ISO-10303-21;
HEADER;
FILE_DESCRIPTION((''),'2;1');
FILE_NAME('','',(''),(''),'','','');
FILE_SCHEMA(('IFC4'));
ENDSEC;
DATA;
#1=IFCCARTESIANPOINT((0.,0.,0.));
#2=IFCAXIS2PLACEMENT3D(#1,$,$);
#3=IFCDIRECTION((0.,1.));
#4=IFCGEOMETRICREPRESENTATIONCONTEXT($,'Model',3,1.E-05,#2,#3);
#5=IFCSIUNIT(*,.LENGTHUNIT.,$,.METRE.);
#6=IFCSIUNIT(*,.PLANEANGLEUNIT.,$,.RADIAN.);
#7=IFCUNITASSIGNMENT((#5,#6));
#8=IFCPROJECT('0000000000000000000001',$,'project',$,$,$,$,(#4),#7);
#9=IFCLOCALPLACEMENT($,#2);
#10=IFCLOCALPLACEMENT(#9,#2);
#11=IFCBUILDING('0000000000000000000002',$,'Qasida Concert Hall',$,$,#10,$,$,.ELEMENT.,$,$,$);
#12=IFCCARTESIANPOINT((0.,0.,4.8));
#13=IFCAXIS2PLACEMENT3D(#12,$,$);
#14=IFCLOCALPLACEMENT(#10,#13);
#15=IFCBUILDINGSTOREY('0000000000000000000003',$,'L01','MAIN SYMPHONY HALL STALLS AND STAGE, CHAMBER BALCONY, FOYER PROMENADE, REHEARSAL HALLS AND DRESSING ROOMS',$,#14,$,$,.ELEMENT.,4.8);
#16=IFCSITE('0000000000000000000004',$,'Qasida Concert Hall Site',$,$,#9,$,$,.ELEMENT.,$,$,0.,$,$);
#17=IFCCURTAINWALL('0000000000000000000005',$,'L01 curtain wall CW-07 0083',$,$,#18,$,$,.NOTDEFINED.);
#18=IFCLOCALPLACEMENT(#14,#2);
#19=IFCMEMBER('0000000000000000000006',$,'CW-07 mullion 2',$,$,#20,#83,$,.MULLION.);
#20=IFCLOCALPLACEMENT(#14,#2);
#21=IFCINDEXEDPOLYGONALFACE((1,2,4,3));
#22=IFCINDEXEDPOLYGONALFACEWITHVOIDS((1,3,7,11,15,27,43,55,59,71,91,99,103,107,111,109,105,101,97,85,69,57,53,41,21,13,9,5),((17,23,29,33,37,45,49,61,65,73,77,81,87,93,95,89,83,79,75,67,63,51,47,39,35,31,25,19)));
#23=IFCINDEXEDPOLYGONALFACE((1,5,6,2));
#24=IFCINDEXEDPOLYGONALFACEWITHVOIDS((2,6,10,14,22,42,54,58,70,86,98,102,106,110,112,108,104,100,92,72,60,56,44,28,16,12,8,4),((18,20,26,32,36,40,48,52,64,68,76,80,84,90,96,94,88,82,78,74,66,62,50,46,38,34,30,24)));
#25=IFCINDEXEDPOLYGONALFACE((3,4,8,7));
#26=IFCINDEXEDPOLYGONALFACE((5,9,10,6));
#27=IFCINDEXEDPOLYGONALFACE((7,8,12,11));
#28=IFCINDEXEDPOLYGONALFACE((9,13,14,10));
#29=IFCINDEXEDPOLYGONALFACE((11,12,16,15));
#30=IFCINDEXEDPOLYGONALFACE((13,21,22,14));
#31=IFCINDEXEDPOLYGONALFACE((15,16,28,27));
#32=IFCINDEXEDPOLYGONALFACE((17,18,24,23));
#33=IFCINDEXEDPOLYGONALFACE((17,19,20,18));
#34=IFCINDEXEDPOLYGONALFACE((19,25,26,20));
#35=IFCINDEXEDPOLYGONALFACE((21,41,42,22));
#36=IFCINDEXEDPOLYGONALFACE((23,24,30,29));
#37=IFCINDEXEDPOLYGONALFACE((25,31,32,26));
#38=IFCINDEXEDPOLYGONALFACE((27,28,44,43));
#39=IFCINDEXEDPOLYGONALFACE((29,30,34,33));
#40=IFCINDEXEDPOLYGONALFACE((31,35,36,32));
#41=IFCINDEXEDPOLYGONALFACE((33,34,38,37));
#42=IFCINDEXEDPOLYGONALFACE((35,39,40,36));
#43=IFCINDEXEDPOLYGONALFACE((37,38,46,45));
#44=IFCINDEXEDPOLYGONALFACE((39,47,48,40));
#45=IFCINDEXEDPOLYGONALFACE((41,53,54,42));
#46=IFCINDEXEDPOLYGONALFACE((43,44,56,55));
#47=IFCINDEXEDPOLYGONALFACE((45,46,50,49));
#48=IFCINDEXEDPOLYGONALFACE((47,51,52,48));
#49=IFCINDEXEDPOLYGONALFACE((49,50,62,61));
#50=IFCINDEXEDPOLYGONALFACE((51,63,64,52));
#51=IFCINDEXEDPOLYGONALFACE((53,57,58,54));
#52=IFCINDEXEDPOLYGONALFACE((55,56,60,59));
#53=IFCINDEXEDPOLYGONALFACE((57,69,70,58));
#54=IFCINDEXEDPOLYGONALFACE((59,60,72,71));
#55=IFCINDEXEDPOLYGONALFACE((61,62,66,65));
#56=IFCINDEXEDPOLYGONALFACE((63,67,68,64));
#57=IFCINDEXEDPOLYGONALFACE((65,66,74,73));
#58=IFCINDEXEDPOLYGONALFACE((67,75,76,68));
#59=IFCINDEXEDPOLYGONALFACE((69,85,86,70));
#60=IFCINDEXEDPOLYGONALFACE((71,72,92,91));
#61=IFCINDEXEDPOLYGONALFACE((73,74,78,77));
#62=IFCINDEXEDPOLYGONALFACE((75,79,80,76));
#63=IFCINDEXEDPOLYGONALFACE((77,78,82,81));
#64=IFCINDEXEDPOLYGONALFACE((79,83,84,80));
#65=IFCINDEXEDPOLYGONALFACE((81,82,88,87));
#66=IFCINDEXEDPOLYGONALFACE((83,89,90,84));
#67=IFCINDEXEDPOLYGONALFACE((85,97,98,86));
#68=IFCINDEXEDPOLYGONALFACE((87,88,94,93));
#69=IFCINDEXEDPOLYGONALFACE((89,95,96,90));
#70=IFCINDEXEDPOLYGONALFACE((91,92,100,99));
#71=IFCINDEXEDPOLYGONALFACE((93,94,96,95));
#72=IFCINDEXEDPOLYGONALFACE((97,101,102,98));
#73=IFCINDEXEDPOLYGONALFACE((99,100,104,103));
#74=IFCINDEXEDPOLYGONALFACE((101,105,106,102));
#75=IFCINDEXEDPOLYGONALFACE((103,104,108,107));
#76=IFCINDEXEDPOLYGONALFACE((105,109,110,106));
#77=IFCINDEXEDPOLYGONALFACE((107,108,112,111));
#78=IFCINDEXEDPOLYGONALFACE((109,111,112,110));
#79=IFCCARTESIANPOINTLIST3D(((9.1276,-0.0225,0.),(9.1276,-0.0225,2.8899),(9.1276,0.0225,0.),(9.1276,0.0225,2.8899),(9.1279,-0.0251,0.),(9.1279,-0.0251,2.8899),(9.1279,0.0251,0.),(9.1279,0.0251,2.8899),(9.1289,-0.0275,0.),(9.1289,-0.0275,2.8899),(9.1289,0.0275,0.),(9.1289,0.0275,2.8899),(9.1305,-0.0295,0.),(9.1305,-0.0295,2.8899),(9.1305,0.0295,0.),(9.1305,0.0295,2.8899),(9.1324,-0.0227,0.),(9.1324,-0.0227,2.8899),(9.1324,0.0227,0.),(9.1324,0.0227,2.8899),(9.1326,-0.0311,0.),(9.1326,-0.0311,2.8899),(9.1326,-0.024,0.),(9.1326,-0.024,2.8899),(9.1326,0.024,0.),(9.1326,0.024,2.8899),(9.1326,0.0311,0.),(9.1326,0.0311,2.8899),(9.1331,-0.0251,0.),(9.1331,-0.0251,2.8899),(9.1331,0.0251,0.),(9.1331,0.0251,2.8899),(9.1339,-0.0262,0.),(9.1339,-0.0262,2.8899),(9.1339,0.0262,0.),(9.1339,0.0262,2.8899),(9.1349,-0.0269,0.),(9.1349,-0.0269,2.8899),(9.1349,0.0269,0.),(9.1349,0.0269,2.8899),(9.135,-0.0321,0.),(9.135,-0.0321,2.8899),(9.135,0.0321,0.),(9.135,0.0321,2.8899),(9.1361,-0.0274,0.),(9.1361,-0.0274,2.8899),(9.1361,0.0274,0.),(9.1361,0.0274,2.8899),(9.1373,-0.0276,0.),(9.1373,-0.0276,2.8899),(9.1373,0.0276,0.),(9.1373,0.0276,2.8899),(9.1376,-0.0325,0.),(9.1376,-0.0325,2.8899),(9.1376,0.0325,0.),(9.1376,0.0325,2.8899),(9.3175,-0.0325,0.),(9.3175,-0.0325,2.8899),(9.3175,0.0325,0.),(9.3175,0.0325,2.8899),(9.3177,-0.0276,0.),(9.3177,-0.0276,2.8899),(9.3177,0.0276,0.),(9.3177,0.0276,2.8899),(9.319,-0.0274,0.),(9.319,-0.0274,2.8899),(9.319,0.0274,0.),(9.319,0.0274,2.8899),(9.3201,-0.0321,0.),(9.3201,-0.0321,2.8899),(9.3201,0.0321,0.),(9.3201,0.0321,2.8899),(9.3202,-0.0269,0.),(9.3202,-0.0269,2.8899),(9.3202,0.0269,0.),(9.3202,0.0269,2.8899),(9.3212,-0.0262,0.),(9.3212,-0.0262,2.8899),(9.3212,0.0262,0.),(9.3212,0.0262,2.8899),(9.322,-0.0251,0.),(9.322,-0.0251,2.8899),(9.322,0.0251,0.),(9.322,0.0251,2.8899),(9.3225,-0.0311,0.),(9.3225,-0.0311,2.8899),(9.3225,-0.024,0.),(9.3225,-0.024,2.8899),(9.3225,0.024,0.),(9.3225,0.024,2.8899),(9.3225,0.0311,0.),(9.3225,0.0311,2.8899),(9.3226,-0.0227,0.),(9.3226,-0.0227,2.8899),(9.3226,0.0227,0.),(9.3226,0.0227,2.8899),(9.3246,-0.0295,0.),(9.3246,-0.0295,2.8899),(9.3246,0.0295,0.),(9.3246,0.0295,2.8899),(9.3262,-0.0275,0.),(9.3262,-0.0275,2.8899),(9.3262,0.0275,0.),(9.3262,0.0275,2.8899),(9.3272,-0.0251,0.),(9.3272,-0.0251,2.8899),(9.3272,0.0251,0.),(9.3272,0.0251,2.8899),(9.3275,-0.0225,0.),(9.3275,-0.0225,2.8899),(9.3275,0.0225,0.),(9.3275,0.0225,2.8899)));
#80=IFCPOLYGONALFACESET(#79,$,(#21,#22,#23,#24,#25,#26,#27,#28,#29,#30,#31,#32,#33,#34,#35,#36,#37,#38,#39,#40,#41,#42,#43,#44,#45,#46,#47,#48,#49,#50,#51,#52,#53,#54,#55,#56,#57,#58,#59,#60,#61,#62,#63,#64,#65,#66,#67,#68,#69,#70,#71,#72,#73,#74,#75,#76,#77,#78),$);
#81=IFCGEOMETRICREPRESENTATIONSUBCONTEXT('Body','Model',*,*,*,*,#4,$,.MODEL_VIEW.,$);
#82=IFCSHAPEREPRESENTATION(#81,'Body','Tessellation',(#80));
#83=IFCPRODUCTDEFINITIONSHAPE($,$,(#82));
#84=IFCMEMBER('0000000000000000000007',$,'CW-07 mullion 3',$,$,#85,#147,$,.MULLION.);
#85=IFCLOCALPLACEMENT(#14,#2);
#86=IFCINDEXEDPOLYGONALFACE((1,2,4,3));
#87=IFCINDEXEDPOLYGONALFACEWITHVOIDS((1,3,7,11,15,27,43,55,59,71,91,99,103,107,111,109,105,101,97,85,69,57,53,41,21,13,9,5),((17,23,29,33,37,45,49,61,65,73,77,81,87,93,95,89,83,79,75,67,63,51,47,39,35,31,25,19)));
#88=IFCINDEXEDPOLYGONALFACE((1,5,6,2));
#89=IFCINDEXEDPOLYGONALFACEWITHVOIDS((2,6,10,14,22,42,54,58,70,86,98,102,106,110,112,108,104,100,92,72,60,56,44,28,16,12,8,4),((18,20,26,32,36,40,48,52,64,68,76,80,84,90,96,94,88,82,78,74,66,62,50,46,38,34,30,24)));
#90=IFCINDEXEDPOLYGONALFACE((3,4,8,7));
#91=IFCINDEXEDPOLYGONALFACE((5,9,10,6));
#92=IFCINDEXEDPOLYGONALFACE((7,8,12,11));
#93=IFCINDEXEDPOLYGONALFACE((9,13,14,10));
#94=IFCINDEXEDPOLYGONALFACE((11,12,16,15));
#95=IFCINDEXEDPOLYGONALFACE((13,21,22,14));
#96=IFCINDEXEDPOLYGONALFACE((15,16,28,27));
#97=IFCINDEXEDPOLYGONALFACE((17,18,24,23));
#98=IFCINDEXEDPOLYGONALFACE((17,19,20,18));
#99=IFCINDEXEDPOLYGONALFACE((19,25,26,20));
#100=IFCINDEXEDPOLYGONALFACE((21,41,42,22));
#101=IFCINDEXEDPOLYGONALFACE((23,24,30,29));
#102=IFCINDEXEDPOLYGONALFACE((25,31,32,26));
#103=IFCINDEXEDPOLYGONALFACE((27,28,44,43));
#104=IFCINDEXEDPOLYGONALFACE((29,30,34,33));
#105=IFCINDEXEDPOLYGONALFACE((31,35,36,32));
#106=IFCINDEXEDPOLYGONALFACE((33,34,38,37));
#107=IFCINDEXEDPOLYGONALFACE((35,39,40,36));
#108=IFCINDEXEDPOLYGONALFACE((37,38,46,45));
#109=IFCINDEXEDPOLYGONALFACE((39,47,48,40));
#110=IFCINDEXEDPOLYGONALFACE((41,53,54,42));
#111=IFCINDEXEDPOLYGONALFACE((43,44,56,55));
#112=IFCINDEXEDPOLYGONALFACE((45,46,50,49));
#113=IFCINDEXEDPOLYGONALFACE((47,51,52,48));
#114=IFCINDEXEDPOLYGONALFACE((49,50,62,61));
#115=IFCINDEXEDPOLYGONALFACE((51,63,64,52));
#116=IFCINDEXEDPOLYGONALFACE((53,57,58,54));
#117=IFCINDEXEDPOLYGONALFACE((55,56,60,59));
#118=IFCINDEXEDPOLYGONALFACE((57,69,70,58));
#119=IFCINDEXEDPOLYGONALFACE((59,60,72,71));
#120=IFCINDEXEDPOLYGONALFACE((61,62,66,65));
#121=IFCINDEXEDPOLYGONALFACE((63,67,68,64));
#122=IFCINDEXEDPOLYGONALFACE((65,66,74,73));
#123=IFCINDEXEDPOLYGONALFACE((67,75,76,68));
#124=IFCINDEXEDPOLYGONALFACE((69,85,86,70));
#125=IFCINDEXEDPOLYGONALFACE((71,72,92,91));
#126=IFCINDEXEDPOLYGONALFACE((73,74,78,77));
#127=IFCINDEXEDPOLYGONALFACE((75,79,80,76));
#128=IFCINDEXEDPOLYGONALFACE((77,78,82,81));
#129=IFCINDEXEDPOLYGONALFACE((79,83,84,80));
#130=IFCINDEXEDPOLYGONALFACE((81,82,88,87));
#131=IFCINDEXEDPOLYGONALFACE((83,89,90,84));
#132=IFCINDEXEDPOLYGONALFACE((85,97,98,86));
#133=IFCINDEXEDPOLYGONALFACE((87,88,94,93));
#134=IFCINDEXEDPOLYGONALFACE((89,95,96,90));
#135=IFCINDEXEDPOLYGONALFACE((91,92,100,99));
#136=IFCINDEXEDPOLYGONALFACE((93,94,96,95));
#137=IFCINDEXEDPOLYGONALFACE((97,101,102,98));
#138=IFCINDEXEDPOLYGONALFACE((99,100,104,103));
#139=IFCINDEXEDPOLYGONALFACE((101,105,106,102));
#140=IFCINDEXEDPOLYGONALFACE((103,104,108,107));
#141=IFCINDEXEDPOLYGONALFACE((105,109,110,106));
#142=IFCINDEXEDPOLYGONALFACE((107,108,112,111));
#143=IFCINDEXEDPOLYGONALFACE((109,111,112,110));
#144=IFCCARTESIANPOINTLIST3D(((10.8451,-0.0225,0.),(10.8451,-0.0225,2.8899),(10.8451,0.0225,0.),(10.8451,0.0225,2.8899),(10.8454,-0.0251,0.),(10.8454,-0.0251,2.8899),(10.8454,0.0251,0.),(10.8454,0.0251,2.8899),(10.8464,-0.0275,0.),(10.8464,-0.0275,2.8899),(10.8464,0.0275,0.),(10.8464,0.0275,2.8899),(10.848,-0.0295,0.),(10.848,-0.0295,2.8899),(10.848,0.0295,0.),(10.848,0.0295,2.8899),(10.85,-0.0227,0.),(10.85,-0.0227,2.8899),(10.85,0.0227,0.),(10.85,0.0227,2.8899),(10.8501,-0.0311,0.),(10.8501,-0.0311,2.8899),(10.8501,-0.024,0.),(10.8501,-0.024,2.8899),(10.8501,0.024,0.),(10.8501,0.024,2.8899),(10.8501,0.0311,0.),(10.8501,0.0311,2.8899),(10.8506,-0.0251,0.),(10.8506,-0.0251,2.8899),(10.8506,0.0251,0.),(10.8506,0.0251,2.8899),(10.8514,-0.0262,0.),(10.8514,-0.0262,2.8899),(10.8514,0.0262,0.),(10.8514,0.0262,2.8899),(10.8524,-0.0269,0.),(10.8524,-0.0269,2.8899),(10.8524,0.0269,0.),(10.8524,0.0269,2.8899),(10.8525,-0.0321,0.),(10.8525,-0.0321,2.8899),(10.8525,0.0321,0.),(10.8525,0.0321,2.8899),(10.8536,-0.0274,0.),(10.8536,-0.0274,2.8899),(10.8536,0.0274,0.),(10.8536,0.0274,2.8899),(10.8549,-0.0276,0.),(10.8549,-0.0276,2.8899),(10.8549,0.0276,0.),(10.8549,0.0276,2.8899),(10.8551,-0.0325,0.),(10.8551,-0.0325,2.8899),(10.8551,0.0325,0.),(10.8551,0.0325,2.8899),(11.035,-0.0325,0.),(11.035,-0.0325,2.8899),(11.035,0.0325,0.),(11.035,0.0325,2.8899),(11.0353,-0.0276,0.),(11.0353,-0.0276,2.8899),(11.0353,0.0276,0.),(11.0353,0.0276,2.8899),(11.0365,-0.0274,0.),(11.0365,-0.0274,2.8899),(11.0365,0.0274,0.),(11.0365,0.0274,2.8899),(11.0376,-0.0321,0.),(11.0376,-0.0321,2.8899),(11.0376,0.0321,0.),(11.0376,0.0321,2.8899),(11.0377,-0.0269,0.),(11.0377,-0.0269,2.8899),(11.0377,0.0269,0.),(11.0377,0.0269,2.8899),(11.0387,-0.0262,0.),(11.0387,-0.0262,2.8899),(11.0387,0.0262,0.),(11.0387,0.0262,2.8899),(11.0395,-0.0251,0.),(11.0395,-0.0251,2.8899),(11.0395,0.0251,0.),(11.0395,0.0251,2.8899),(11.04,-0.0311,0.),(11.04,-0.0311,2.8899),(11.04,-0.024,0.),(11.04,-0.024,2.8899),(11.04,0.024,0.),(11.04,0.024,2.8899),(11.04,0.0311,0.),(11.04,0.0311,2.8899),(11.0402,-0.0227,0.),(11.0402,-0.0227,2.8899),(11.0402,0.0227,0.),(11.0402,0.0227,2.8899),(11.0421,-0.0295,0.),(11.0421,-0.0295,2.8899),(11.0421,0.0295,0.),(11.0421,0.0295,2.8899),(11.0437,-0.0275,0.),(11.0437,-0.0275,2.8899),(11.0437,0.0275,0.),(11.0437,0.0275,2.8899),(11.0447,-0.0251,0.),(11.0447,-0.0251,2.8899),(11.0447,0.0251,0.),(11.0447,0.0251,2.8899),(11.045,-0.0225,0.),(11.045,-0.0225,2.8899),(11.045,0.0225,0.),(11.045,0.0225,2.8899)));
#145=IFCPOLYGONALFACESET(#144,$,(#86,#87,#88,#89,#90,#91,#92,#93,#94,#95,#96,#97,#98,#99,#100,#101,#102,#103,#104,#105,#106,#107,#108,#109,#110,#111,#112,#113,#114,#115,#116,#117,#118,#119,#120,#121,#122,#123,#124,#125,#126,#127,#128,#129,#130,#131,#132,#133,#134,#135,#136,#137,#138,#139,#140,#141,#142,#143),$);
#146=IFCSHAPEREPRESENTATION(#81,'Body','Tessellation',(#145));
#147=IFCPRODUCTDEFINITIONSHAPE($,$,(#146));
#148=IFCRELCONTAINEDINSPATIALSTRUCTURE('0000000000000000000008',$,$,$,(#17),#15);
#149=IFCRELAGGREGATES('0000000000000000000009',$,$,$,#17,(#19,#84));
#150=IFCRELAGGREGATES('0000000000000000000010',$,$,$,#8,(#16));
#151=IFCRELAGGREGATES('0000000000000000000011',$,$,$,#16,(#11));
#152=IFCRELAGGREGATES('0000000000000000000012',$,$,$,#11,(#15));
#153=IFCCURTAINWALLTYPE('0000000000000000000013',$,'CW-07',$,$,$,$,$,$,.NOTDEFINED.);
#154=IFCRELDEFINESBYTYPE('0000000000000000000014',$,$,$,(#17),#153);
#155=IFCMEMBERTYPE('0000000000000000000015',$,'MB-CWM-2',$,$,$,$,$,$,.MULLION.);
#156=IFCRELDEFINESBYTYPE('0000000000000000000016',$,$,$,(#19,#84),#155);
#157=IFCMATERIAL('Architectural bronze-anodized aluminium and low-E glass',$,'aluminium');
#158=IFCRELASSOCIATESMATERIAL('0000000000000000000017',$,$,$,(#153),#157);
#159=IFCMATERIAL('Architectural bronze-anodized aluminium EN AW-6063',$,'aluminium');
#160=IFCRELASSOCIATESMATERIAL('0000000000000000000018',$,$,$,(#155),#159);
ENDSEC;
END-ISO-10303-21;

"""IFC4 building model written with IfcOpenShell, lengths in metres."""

from ifc_helpers import new_model, si_unit, direction, frame, origin, origin_2d, place, context, subcontext, project, spatial, hollow_rectangle, extrude, material, material_profile, profile_set, type_object, element, aggregate, save


model = new_model("IFC4")

# Units and contexts
model_context = context("Model", 3, precision=1e-05, world=origin(), true_north=direction((0.0, 1.0)))
body_context = subcontext(model_context, "Body", "Model", "MODEL_VIEW")
ifc_project = project(units=[si_unit("LENGTHUNIT", "METRE"), si_unit("PLANEANGLEUNIT", "RADIAN")], contexts=[model_context])

# Site, building, storey
site_placement = place(None, origin())
site = spatial("IfcSite", under=ifc_project, at=site_placement, Name="Qasida Concert Hall Site", CompositionType="ELEMENT", RefElevation=0.0)
building_placement = place(site_placement, origin())
building = spatial("IfcBuilding", under=site, at=building_placement, Name="Qasida Concert Hall", CompositionType="ELEMENT")
storey_placement = place(building_placement, frame((0.0, 0.0, 4.8)))
storey = spatial("IfcBuildingStorey", under=building, at=storey_placement, Name="L01", Description="MAIN SYMPHONY HALL STALLS AND STAGE, CHAMBER BALCONY, FOYER PROMENADE, REHEARSAL HALLS AND DRESSING ROOMS", CompositionType="ELEMENT", Elevation=4.8)

# Shared definitions
ifc_material_1 = material(Name="Architectural bronze-anodized aluminium and low-E glass", Category="aluminium")
curtain_wall_type = type_object("IfcCurtainWallType", Name="CW-07", PredefinedType="NOTDEFINED", material=ifc_material_1)
ifc_material_2 = material(Name="Architectural bronze-anodized aluminium EN AW-6063", Category="aluminium")
ifc_material_profile_1 = material_profile(ifc_material_2, hollow_rectangle(XDim=0.0649, YDim=0.2, WallThickness=0.0049, InnerFilletRadius=0.0049, OuterFilletRadius=0.01, at=origin_2d()), Name="CWM 200x65x5")
ifc_profile_set_1 = profile_set([ifc_material_profile_1], Name="Architectural bronze-anodized aluminium EN AW-6063")
member_type_1 = type_object("IfcMemberType", Name="MB-CWM-2", PredefinedType="MULLION", material=ifc_profile_set_1)

# Curtain wall, members
curtain_wall_1_placement = place(storey_placement, origin())
curtain_wall_1 = element("IfcCurtainWall", 1, at=curtain_wall_1_placement, inside=storey, type_object=curtain_wall_type, Name="L01 curtain wall CW-07 0083", PredefinedType="NOTDEFINED")
member_1_placement = place(storey_placement, frame((9.2275, 0.0, 0.0), z_axis=(0.0, 0.0, 1.0), x_axis=(0.0, 1.0, 0.0)))
member_1 = element("IfcMember", 2, at=member_1_placement, type_object=member_type_1, Name="CW-07 mullion 2", PredefinedType="MULLION", context=body_context, shape_type="SweptSolid", body=[
    extrude(hollow_rectangle(XDim=0.0649, YDim=0.2, WallThickness=0.0049, InnerFilletRadius=0.0049, OuterFilletRadius=0.01, at=origin_2d()), origin(), (0.0, 0.0, 1.0), 2.8899),
])
member_2_placement = place(storey_placement, frame((10.9451, 0.0, 0.0), z_axis=(0.0, 0.0, 1.0), x_axis=(0.0, 1.0, 0.0)))
member_2 = element("IfcMember", 3, at=member_2_placement, type_object=member_type_1, Name="CW-07 mullion 3", PredefinedType="MULLION", context=body_context, shape_type="SweptSolid", body=[
    extrude(hollow_rectangle(XDim=0.0649, YDim=0.2, WallThickness=0.0049, InnerFilletRadius=0.0049, OuterFilletRadius=0.01, at=origin_2d()), origin(), (0.0, 0.0, 1.0), 2.8899),
])

aggregate(curtain_wall_1, [member_1, member_2])

save(model, "model.ifc")
